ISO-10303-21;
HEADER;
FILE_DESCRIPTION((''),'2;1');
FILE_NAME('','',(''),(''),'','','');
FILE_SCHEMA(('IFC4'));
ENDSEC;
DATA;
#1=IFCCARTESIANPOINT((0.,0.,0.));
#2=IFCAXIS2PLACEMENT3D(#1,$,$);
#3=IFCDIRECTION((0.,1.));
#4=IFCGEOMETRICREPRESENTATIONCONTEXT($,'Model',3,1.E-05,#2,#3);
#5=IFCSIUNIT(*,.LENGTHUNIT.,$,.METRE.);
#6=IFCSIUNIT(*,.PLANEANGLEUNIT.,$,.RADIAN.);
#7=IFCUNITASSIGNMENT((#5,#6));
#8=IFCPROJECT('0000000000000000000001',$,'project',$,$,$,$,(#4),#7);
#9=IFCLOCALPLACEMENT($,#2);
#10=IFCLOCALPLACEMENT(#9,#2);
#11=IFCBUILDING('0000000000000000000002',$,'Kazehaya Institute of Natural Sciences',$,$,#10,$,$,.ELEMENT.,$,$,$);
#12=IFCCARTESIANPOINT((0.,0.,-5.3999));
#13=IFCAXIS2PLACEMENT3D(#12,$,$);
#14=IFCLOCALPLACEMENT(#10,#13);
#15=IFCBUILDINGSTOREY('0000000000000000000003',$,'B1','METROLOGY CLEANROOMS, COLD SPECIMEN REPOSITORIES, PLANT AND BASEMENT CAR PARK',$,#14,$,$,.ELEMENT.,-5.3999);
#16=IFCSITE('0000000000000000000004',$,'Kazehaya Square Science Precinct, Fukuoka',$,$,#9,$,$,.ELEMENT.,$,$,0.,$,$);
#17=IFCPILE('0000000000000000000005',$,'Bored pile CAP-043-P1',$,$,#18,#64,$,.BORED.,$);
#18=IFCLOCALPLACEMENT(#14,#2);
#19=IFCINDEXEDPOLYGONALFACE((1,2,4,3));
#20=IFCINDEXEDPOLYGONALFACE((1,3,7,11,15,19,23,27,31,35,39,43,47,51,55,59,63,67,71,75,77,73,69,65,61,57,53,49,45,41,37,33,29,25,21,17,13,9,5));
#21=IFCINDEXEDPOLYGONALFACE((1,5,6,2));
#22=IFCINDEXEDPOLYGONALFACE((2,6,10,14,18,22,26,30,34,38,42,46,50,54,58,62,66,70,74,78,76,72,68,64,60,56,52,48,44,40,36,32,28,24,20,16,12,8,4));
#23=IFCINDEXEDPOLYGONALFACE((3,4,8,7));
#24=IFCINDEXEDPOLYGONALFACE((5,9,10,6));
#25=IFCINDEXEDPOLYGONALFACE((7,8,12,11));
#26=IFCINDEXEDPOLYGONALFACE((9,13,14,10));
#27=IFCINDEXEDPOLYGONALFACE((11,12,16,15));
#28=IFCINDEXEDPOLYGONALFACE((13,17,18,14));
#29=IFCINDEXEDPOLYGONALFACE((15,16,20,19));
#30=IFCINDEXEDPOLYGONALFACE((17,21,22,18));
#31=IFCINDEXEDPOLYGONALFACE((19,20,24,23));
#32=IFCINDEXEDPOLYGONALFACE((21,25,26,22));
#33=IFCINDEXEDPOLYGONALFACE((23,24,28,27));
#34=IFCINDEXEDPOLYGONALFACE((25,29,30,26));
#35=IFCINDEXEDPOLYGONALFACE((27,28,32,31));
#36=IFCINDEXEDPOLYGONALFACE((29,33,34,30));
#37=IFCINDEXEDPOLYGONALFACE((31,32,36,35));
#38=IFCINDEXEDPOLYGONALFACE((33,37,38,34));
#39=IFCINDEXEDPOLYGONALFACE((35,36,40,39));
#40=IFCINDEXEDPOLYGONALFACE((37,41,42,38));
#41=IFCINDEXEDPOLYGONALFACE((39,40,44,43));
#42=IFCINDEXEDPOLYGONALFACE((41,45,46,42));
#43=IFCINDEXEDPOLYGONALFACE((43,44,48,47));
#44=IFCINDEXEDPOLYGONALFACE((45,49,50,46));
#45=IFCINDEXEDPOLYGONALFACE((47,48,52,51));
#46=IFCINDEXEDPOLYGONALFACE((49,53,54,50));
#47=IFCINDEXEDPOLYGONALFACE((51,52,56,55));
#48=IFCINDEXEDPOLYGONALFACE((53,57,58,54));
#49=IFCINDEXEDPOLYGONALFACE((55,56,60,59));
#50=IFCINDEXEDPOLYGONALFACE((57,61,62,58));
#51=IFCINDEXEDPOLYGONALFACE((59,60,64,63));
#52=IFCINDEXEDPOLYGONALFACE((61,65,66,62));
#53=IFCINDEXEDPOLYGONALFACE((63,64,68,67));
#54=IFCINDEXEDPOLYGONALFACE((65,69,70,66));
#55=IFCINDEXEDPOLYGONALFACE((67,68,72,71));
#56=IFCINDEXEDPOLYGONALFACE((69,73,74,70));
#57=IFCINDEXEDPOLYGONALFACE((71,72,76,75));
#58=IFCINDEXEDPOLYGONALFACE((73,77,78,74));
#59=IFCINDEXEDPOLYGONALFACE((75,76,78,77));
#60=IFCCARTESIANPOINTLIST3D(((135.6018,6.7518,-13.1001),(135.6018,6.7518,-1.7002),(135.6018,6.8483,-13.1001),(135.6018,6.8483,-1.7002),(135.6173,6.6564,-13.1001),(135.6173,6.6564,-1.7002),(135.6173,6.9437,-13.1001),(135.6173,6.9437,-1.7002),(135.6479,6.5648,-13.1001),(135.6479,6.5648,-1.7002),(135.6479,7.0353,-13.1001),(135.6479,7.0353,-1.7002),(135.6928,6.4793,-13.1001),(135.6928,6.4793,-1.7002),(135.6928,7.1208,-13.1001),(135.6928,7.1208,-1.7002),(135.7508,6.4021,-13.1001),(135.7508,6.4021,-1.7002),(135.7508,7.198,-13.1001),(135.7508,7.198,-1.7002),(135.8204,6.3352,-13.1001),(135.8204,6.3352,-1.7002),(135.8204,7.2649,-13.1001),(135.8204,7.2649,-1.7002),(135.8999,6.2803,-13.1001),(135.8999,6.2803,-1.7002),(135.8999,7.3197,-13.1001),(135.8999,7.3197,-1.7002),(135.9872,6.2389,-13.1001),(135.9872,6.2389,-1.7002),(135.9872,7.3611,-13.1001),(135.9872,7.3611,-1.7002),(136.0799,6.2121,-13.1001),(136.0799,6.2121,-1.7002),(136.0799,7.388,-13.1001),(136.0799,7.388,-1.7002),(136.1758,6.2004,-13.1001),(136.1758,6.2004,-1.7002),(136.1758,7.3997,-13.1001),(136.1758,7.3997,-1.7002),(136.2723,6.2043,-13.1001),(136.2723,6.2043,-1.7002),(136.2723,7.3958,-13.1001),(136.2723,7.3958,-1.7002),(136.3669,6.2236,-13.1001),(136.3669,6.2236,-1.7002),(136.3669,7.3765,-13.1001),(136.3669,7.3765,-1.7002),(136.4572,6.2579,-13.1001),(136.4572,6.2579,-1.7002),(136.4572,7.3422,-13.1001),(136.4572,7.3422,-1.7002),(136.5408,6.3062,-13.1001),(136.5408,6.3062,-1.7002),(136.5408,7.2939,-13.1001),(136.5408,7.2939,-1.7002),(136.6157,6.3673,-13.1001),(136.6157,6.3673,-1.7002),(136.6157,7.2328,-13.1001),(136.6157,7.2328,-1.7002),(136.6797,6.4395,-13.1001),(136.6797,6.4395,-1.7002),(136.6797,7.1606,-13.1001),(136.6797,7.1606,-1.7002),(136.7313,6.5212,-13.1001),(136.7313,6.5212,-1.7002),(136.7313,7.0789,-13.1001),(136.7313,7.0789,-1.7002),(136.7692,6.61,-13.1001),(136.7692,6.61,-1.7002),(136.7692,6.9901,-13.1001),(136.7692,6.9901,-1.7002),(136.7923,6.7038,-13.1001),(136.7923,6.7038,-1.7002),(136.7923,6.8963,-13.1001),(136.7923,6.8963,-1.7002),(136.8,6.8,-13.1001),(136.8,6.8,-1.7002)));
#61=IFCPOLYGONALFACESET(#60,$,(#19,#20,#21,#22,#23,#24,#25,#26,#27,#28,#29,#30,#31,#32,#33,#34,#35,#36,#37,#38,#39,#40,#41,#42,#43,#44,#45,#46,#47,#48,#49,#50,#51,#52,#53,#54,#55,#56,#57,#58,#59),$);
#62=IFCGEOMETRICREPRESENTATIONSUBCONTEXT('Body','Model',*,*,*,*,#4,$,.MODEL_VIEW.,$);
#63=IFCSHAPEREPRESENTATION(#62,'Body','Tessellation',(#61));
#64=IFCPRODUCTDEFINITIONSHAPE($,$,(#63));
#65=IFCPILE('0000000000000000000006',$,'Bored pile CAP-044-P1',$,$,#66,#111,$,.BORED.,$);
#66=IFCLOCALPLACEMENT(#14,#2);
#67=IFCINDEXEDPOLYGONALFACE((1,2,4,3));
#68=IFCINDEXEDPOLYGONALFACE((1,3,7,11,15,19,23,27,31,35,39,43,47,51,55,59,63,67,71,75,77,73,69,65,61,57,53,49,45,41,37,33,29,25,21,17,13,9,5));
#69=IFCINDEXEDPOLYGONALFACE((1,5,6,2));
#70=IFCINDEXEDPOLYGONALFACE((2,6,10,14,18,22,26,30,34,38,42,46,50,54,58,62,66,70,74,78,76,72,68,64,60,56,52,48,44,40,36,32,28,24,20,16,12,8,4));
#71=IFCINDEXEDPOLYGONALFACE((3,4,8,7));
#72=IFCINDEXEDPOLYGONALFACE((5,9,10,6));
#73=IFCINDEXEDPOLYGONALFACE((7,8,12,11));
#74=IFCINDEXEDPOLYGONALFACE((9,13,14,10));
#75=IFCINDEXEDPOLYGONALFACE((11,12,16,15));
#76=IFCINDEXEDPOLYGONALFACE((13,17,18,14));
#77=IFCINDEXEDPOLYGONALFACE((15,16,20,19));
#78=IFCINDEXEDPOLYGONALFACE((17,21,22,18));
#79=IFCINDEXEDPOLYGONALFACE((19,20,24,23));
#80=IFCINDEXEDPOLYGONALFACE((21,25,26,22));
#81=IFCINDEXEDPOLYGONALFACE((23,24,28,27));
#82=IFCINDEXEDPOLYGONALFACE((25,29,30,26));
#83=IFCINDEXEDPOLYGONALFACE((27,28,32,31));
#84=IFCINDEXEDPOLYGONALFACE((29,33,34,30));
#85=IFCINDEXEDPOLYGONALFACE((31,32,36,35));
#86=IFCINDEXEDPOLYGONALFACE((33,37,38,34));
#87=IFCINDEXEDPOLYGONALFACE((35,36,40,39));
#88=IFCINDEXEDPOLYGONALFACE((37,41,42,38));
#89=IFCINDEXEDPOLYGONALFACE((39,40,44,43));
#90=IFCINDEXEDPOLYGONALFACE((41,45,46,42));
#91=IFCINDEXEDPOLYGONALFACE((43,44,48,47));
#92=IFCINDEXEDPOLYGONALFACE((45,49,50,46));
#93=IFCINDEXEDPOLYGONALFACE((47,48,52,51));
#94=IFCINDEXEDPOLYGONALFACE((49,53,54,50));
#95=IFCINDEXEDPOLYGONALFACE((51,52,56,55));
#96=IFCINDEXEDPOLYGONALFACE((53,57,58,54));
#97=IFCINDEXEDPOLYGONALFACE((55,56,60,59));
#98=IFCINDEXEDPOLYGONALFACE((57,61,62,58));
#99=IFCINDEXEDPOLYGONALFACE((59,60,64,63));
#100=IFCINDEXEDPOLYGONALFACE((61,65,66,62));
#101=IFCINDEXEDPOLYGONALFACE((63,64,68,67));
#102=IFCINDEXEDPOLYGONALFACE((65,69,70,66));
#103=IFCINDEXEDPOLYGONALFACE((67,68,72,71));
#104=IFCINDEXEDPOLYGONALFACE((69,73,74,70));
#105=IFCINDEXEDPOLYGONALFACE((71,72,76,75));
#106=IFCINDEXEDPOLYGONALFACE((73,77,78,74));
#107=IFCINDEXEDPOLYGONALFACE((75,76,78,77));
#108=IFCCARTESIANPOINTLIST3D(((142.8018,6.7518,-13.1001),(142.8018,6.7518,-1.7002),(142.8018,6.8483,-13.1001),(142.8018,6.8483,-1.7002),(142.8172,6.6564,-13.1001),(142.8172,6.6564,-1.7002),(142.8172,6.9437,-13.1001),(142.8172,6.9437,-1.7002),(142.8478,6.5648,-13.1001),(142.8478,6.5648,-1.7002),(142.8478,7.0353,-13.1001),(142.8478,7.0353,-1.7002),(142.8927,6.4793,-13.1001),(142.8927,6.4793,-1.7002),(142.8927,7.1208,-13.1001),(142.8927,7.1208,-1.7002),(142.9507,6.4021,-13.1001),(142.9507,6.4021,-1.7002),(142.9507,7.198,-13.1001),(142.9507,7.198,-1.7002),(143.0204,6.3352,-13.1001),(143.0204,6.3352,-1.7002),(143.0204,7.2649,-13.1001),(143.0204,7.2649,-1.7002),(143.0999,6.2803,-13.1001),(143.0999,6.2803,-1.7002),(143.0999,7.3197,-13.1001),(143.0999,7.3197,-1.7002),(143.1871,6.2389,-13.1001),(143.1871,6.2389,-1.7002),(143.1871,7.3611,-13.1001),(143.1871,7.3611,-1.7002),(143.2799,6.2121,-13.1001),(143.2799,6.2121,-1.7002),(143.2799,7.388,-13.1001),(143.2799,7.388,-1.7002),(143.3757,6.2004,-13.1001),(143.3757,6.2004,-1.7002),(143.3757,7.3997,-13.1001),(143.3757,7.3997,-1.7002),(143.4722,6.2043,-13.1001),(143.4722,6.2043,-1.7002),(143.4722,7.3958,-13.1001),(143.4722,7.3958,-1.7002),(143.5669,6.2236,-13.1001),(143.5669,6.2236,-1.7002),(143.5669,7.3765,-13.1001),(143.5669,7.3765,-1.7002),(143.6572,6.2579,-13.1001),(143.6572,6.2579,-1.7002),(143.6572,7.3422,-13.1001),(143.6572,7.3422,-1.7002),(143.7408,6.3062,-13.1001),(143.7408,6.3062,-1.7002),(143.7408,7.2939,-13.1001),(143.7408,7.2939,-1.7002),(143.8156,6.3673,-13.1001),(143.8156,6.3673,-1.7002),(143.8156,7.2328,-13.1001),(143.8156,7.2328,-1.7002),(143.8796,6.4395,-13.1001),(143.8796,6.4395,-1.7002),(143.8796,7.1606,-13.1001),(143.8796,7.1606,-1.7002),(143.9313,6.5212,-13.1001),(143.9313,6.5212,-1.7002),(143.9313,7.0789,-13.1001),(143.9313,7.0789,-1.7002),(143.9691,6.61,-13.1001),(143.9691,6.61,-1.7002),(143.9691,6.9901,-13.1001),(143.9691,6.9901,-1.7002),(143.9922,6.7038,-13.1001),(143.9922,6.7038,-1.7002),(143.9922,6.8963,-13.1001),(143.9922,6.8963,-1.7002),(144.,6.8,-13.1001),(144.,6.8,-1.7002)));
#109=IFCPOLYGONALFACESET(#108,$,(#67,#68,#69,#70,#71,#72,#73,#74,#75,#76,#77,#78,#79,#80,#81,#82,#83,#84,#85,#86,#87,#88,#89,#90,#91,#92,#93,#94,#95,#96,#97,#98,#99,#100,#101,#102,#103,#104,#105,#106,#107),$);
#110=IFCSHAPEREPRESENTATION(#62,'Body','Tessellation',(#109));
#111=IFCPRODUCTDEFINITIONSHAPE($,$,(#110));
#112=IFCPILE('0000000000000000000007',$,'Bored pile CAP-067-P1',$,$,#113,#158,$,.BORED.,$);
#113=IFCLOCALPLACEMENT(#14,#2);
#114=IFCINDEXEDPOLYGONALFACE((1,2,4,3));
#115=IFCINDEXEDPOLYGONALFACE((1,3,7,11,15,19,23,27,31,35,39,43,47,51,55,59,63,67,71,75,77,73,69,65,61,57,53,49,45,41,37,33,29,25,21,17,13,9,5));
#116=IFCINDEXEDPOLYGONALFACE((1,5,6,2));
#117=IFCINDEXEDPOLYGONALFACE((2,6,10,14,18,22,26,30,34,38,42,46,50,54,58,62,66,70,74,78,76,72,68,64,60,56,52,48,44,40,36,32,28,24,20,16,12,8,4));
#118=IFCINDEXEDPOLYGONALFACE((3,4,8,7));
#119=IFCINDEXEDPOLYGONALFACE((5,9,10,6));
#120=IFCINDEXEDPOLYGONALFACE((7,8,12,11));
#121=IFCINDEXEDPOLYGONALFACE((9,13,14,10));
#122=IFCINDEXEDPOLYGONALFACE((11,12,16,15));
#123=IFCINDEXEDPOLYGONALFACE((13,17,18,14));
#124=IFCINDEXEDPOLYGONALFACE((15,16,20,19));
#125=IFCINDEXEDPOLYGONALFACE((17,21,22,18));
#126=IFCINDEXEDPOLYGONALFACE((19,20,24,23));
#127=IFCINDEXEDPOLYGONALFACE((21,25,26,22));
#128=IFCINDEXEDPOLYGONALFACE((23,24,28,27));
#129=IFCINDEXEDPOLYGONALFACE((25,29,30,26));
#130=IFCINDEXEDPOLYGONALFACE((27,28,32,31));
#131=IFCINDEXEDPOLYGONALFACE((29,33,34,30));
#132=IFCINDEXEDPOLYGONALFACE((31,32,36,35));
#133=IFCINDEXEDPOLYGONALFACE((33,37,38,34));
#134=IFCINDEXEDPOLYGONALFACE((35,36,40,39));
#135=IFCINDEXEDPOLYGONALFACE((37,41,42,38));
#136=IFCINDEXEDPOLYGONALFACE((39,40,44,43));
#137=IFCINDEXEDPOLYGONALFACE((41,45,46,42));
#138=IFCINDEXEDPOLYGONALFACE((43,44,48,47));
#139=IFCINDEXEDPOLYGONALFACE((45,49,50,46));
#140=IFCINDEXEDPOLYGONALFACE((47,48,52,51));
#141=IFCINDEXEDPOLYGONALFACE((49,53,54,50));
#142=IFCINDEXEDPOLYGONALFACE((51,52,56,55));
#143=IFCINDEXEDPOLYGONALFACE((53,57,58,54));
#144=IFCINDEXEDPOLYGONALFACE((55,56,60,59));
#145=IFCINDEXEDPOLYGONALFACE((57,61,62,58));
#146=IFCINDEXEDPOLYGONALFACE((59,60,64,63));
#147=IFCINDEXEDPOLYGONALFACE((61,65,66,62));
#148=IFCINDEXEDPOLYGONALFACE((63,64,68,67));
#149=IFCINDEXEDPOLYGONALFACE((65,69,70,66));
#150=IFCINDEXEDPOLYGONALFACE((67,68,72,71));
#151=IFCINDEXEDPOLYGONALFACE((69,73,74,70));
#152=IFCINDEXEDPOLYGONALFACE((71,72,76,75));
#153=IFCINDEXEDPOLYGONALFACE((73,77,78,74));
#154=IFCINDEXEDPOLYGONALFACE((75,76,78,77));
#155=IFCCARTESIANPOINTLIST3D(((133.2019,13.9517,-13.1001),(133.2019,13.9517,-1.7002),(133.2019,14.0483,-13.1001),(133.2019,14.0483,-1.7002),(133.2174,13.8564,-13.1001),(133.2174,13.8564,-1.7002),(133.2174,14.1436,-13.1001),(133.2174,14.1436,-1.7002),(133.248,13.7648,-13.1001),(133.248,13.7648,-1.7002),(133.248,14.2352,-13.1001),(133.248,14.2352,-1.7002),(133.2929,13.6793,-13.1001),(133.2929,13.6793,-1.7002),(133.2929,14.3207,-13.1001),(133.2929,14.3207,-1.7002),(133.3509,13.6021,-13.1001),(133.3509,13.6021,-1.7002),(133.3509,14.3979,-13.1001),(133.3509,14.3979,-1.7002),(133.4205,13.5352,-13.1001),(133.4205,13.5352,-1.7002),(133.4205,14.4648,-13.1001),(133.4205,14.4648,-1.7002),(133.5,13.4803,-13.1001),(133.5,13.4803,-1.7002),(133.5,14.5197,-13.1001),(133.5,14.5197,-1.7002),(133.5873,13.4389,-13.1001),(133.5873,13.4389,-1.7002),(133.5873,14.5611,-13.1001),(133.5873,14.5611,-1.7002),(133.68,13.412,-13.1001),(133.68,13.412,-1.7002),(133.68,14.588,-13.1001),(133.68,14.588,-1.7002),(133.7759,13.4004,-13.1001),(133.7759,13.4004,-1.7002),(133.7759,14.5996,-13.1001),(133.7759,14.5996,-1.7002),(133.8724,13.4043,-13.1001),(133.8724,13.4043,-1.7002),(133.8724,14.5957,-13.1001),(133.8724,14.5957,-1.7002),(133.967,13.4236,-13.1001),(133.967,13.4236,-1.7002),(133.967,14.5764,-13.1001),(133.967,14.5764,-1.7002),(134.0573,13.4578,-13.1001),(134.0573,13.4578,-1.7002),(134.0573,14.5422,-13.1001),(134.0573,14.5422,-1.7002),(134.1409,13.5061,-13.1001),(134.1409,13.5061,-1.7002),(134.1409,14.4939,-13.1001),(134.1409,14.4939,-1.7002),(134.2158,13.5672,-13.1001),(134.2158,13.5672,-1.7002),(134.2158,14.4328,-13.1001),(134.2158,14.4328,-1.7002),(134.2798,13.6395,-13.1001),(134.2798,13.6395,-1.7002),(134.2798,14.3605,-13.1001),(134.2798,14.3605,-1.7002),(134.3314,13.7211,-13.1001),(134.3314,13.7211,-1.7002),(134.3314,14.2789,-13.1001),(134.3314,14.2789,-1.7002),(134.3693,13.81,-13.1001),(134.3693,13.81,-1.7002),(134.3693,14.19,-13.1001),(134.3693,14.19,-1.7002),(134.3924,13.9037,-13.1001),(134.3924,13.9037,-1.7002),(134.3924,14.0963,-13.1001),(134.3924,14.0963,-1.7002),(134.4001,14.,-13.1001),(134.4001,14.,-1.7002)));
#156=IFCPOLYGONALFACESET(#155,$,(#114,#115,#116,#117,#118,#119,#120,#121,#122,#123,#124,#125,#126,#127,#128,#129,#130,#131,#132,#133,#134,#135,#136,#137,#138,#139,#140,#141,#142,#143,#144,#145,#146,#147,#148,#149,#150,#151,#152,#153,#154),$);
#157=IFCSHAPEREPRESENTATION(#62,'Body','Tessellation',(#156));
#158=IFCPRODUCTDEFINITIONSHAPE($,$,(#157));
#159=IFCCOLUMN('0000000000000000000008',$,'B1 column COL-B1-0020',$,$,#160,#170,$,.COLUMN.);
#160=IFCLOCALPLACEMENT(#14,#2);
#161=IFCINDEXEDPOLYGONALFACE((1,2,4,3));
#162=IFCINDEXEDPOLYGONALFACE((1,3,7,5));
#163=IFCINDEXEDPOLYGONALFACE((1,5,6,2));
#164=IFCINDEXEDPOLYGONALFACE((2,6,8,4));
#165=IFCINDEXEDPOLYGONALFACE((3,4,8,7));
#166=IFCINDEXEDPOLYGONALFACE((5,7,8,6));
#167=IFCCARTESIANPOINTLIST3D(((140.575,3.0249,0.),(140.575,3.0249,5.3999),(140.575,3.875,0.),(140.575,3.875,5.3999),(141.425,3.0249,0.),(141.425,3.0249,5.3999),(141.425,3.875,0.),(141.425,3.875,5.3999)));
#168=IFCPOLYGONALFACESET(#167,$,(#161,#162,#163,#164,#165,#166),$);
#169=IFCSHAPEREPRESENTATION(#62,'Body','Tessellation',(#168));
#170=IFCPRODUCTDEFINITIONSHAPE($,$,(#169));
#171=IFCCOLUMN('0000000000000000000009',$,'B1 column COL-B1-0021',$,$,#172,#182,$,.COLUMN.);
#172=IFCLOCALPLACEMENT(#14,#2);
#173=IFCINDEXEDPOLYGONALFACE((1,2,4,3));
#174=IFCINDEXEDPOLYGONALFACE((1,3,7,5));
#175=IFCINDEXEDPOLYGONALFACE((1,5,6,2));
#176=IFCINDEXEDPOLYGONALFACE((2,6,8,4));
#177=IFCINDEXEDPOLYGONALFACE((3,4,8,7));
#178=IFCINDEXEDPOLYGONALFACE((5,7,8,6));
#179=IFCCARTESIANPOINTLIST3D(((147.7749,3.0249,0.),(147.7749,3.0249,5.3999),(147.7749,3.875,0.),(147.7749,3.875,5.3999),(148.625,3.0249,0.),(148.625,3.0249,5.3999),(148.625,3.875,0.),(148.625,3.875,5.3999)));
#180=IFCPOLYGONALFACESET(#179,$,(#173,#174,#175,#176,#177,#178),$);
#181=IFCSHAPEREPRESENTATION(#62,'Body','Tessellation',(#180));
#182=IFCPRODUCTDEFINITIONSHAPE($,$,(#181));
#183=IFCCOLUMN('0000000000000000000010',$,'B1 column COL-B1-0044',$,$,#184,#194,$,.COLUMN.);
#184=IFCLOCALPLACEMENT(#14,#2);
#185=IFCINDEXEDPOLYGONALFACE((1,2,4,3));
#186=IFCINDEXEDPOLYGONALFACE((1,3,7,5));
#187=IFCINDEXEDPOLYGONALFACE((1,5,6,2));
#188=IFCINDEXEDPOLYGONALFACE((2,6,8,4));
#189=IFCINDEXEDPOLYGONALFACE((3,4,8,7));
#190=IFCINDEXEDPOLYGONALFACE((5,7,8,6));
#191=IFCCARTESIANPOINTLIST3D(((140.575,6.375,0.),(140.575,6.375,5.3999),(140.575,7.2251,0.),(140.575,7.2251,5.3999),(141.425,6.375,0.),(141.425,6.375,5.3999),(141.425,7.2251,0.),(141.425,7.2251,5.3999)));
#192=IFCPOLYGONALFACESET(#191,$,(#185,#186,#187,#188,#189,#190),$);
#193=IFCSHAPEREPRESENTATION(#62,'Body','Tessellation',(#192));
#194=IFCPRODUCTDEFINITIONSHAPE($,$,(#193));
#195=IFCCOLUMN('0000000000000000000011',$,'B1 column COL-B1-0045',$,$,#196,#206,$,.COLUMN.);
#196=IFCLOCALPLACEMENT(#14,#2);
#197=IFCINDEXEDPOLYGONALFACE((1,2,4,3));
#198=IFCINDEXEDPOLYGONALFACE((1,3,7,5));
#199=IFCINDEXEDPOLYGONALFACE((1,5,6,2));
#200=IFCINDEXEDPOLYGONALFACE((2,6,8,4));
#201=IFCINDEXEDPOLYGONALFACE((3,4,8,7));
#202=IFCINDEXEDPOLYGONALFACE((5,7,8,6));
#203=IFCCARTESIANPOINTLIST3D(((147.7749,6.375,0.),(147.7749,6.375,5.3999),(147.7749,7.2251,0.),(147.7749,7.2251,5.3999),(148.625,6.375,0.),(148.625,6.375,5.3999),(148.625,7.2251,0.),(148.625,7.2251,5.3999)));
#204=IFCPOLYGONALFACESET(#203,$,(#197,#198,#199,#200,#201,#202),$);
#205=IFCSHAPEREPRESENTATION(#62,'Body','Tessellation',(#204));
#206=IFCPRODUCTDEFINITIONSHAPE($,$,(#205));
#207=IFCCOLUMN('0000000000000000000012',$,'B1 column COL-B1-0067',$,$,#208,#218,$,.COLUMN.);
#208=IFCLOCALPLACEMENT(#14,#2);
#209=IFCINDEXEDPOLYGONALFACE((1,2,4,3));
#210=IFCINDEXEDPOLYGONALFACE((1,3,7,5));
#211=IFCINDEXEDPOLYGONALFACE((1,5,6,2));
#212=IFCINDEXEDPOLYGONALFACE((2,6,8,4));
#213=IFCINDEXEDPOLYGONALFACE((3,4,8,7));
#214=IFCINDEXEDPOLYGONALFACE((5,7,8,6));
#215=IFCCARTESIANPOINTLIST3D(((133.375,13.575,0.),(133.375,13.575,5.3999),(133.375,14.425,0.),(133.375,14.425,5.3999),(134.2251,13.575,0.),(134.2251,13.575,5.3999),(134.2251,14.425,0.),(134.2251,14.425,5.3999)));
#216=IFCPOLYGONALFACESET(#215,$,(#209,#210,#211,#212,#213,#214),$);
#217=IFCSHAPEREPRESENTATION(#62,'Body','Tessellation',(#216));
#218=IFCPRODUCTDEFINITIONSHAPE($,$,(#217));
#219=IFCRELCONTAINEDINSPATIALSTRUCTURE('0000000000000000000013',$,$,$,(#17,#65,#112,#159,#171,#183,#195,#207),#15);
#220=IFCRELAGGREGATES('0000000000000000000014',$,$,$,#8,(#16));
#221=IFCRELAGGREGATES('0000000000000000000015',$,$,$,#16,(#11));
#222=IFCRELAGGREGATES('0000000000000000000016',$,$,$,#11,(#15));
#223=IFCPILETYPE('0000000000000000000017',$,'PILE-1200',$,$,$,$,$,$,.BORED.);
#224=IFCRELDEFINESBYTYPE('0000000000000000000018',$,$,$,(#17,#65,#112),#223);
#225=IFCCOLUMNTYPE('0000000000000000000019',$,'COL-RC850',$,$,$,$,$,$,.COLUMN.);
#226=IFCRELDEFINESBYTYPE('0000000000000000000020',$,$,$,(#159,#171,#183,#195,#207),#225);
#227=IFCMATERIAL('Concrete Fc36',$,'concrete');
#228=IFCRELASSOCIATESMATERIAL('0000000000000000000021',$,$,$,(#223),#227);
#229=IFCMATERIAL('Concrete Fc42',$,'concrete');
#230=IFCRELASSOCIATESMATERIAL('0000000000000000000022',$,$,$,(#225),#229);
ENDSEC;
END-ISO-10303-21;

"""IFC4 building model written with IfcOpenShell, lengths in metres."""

from ifc_helpers import new_model, si_unit, direction, frame, origin, origin_2d, place, context, subcontext, project, spatial, rectangle, circle, extrude, material, material_profile, profile_set, type_object, element, save


model = new_model("IFC4")

# Units and contexts
model_context = context("Model", 3, precision=1e-05, world=origin(), true_north=direction((0.0, 1.0)))
body_context = subcontext(model_context, "Body", "Model", "MODEL_VIEW")
ifc_project = project(units=[si_unit("LENGTHUNIT", "METRE"), si_unit("PLANEANGLEUNIT", "RADIAN")], contexts=[model_context])

# Site, building, storey
site_placement = place(None, origin())
site = spatial("IfcSite", under=ifc_project, at=site_placement, Name="Kazehaya Square Science Precinct, Fukuoka", CompositionType="ELEMENT", RefElevation=0.0)
building_placement = place(site_placement, origin())
building = spatial("IfcBuilding", under=site, at=building_placement, Name="Kazehaya Institute of Natural Sciences", CompositionType="ELEMENT")
storey_placement = place(building_placement, frame((0.0, 0.0, -5.3999)))
storey = spatial("IfcBuildingStorey", under=building, at=storey_placement, Name="B1", Description="METROLOGY CLEANROOMS, COLD SPECIMEN REPOSITORIES, PLANT AND BASEMENT CAR PARK", CompositionType="ELEMENT", Elevation=-5.3999)

# Shared definitions
ifc_material_1 = material(Name="Concrete Fc36", Category="concrete")

# Piles
ifc_material_profile_1 = material_profile(ifc_material_1, circle(Radius=0.6001, at=origin_2d()), Name="PILE-1200")
ifc_profile_set_1 = profile_set([ifc_material_profile_1], Name="Concrete Fc36")
pile_type = type_object("IfcPileType", Name="PILE-1200", PredefinedType="BORED", material=ifc_profile_set_1)
for number, where, z_axis, x_axis, name in (
    (1, (136.2, 6.8, -1.7002), (0.0, 0.0, -1.0), (1.0, 0.0, 0.0), "Bored pile CAP-043-P1"),
    (2, (143.3999, 6.8, -1.7002), (0.0, 0.0, -1.0), (1.0, 0.0, 0.0), "Bored pile CAP-044-P1"),
    (3, (133.8, 14.0, -1.7002), (0.0, 0.0, -1.0), (1.0, 0.0, 0.0), "Bored pile CAP-067-P1"),
):
    element("IfcPile", number, at=place(storey_placement, frame(where, z_axis=z_axis, x_axis=x_axis)), inside=storey, type_object=pile_type, Name=name, PredefinedType="BORED", context=body_context, shape_type="SweptSolid", body=[
        extrude(circle(Radius=0.6001, at=origin_2d()), origin(), (0.0, 0.0, 1.0), 11.3999),
    ])

# Columns
ifc_material_2 = material(Name="Concrete Fc42", Category="concrete")
ifc_material_profile_2 = material_profile(ifc_material_2, rectangle(XDim=0.8501, YDim=0.8501, at=origin_2d()), Name="RC-850x850")
ifc_profile_set_2 = profile_set([ifc_material_profile_2], Name="Concrete Fc42")
column_type_1 = type_object("IfcColumnType", Name="COL-RC850", PredefinedType="COLUMN", material=ifc_profile_set_2)
for number, where, z_axis, x_axis, name in (
    (4, (141.0, 3.45, 0.0), (0.0, 0.0, 1.0), (1.0, 0.0, 0.0), "B1 column COL-B1-0020"),
    (5, (148.2, 3.45, 0.0), (0.0, 0.0, 1.0), (1.0, 0.0, 0.0), "B1 column COL-B1-0021"),
    (6, (141.0, 6.8, 0.0), (0.0, 0.0, 1.0), (1.0, 0.0, 0.0), "B1 column COL-B1-0044"),
    (7, (148.2, 6.8, 0.0), (0.0, 0.0, 1.0), (1.0, 0.0, 0.0), "B1 column COL-B1-0045"),
    (8, (133.8, 14.0, 0.0), (0.0, 0.0, 1.0), (1.0, 0.0, 0.0), "B1 column COL-B1-0067"),
):
    element("IfcColumn", number, at=place(storey_placement, frame(where, z_axis=z_axis, x_axis=x_axis)), inside=storey, type_object=column_type_1, Name=name, PredefinedType="COLUMN", context=body_context, shape_type="SweptSolid", body=[
        extrude(rectangle(XDim=0.8501, YDim=0.8501, at=origin_2d()), origin(), (0.0, 0.0, 1.0), 5.3999),
    ])

save(model, "model.ifc")
